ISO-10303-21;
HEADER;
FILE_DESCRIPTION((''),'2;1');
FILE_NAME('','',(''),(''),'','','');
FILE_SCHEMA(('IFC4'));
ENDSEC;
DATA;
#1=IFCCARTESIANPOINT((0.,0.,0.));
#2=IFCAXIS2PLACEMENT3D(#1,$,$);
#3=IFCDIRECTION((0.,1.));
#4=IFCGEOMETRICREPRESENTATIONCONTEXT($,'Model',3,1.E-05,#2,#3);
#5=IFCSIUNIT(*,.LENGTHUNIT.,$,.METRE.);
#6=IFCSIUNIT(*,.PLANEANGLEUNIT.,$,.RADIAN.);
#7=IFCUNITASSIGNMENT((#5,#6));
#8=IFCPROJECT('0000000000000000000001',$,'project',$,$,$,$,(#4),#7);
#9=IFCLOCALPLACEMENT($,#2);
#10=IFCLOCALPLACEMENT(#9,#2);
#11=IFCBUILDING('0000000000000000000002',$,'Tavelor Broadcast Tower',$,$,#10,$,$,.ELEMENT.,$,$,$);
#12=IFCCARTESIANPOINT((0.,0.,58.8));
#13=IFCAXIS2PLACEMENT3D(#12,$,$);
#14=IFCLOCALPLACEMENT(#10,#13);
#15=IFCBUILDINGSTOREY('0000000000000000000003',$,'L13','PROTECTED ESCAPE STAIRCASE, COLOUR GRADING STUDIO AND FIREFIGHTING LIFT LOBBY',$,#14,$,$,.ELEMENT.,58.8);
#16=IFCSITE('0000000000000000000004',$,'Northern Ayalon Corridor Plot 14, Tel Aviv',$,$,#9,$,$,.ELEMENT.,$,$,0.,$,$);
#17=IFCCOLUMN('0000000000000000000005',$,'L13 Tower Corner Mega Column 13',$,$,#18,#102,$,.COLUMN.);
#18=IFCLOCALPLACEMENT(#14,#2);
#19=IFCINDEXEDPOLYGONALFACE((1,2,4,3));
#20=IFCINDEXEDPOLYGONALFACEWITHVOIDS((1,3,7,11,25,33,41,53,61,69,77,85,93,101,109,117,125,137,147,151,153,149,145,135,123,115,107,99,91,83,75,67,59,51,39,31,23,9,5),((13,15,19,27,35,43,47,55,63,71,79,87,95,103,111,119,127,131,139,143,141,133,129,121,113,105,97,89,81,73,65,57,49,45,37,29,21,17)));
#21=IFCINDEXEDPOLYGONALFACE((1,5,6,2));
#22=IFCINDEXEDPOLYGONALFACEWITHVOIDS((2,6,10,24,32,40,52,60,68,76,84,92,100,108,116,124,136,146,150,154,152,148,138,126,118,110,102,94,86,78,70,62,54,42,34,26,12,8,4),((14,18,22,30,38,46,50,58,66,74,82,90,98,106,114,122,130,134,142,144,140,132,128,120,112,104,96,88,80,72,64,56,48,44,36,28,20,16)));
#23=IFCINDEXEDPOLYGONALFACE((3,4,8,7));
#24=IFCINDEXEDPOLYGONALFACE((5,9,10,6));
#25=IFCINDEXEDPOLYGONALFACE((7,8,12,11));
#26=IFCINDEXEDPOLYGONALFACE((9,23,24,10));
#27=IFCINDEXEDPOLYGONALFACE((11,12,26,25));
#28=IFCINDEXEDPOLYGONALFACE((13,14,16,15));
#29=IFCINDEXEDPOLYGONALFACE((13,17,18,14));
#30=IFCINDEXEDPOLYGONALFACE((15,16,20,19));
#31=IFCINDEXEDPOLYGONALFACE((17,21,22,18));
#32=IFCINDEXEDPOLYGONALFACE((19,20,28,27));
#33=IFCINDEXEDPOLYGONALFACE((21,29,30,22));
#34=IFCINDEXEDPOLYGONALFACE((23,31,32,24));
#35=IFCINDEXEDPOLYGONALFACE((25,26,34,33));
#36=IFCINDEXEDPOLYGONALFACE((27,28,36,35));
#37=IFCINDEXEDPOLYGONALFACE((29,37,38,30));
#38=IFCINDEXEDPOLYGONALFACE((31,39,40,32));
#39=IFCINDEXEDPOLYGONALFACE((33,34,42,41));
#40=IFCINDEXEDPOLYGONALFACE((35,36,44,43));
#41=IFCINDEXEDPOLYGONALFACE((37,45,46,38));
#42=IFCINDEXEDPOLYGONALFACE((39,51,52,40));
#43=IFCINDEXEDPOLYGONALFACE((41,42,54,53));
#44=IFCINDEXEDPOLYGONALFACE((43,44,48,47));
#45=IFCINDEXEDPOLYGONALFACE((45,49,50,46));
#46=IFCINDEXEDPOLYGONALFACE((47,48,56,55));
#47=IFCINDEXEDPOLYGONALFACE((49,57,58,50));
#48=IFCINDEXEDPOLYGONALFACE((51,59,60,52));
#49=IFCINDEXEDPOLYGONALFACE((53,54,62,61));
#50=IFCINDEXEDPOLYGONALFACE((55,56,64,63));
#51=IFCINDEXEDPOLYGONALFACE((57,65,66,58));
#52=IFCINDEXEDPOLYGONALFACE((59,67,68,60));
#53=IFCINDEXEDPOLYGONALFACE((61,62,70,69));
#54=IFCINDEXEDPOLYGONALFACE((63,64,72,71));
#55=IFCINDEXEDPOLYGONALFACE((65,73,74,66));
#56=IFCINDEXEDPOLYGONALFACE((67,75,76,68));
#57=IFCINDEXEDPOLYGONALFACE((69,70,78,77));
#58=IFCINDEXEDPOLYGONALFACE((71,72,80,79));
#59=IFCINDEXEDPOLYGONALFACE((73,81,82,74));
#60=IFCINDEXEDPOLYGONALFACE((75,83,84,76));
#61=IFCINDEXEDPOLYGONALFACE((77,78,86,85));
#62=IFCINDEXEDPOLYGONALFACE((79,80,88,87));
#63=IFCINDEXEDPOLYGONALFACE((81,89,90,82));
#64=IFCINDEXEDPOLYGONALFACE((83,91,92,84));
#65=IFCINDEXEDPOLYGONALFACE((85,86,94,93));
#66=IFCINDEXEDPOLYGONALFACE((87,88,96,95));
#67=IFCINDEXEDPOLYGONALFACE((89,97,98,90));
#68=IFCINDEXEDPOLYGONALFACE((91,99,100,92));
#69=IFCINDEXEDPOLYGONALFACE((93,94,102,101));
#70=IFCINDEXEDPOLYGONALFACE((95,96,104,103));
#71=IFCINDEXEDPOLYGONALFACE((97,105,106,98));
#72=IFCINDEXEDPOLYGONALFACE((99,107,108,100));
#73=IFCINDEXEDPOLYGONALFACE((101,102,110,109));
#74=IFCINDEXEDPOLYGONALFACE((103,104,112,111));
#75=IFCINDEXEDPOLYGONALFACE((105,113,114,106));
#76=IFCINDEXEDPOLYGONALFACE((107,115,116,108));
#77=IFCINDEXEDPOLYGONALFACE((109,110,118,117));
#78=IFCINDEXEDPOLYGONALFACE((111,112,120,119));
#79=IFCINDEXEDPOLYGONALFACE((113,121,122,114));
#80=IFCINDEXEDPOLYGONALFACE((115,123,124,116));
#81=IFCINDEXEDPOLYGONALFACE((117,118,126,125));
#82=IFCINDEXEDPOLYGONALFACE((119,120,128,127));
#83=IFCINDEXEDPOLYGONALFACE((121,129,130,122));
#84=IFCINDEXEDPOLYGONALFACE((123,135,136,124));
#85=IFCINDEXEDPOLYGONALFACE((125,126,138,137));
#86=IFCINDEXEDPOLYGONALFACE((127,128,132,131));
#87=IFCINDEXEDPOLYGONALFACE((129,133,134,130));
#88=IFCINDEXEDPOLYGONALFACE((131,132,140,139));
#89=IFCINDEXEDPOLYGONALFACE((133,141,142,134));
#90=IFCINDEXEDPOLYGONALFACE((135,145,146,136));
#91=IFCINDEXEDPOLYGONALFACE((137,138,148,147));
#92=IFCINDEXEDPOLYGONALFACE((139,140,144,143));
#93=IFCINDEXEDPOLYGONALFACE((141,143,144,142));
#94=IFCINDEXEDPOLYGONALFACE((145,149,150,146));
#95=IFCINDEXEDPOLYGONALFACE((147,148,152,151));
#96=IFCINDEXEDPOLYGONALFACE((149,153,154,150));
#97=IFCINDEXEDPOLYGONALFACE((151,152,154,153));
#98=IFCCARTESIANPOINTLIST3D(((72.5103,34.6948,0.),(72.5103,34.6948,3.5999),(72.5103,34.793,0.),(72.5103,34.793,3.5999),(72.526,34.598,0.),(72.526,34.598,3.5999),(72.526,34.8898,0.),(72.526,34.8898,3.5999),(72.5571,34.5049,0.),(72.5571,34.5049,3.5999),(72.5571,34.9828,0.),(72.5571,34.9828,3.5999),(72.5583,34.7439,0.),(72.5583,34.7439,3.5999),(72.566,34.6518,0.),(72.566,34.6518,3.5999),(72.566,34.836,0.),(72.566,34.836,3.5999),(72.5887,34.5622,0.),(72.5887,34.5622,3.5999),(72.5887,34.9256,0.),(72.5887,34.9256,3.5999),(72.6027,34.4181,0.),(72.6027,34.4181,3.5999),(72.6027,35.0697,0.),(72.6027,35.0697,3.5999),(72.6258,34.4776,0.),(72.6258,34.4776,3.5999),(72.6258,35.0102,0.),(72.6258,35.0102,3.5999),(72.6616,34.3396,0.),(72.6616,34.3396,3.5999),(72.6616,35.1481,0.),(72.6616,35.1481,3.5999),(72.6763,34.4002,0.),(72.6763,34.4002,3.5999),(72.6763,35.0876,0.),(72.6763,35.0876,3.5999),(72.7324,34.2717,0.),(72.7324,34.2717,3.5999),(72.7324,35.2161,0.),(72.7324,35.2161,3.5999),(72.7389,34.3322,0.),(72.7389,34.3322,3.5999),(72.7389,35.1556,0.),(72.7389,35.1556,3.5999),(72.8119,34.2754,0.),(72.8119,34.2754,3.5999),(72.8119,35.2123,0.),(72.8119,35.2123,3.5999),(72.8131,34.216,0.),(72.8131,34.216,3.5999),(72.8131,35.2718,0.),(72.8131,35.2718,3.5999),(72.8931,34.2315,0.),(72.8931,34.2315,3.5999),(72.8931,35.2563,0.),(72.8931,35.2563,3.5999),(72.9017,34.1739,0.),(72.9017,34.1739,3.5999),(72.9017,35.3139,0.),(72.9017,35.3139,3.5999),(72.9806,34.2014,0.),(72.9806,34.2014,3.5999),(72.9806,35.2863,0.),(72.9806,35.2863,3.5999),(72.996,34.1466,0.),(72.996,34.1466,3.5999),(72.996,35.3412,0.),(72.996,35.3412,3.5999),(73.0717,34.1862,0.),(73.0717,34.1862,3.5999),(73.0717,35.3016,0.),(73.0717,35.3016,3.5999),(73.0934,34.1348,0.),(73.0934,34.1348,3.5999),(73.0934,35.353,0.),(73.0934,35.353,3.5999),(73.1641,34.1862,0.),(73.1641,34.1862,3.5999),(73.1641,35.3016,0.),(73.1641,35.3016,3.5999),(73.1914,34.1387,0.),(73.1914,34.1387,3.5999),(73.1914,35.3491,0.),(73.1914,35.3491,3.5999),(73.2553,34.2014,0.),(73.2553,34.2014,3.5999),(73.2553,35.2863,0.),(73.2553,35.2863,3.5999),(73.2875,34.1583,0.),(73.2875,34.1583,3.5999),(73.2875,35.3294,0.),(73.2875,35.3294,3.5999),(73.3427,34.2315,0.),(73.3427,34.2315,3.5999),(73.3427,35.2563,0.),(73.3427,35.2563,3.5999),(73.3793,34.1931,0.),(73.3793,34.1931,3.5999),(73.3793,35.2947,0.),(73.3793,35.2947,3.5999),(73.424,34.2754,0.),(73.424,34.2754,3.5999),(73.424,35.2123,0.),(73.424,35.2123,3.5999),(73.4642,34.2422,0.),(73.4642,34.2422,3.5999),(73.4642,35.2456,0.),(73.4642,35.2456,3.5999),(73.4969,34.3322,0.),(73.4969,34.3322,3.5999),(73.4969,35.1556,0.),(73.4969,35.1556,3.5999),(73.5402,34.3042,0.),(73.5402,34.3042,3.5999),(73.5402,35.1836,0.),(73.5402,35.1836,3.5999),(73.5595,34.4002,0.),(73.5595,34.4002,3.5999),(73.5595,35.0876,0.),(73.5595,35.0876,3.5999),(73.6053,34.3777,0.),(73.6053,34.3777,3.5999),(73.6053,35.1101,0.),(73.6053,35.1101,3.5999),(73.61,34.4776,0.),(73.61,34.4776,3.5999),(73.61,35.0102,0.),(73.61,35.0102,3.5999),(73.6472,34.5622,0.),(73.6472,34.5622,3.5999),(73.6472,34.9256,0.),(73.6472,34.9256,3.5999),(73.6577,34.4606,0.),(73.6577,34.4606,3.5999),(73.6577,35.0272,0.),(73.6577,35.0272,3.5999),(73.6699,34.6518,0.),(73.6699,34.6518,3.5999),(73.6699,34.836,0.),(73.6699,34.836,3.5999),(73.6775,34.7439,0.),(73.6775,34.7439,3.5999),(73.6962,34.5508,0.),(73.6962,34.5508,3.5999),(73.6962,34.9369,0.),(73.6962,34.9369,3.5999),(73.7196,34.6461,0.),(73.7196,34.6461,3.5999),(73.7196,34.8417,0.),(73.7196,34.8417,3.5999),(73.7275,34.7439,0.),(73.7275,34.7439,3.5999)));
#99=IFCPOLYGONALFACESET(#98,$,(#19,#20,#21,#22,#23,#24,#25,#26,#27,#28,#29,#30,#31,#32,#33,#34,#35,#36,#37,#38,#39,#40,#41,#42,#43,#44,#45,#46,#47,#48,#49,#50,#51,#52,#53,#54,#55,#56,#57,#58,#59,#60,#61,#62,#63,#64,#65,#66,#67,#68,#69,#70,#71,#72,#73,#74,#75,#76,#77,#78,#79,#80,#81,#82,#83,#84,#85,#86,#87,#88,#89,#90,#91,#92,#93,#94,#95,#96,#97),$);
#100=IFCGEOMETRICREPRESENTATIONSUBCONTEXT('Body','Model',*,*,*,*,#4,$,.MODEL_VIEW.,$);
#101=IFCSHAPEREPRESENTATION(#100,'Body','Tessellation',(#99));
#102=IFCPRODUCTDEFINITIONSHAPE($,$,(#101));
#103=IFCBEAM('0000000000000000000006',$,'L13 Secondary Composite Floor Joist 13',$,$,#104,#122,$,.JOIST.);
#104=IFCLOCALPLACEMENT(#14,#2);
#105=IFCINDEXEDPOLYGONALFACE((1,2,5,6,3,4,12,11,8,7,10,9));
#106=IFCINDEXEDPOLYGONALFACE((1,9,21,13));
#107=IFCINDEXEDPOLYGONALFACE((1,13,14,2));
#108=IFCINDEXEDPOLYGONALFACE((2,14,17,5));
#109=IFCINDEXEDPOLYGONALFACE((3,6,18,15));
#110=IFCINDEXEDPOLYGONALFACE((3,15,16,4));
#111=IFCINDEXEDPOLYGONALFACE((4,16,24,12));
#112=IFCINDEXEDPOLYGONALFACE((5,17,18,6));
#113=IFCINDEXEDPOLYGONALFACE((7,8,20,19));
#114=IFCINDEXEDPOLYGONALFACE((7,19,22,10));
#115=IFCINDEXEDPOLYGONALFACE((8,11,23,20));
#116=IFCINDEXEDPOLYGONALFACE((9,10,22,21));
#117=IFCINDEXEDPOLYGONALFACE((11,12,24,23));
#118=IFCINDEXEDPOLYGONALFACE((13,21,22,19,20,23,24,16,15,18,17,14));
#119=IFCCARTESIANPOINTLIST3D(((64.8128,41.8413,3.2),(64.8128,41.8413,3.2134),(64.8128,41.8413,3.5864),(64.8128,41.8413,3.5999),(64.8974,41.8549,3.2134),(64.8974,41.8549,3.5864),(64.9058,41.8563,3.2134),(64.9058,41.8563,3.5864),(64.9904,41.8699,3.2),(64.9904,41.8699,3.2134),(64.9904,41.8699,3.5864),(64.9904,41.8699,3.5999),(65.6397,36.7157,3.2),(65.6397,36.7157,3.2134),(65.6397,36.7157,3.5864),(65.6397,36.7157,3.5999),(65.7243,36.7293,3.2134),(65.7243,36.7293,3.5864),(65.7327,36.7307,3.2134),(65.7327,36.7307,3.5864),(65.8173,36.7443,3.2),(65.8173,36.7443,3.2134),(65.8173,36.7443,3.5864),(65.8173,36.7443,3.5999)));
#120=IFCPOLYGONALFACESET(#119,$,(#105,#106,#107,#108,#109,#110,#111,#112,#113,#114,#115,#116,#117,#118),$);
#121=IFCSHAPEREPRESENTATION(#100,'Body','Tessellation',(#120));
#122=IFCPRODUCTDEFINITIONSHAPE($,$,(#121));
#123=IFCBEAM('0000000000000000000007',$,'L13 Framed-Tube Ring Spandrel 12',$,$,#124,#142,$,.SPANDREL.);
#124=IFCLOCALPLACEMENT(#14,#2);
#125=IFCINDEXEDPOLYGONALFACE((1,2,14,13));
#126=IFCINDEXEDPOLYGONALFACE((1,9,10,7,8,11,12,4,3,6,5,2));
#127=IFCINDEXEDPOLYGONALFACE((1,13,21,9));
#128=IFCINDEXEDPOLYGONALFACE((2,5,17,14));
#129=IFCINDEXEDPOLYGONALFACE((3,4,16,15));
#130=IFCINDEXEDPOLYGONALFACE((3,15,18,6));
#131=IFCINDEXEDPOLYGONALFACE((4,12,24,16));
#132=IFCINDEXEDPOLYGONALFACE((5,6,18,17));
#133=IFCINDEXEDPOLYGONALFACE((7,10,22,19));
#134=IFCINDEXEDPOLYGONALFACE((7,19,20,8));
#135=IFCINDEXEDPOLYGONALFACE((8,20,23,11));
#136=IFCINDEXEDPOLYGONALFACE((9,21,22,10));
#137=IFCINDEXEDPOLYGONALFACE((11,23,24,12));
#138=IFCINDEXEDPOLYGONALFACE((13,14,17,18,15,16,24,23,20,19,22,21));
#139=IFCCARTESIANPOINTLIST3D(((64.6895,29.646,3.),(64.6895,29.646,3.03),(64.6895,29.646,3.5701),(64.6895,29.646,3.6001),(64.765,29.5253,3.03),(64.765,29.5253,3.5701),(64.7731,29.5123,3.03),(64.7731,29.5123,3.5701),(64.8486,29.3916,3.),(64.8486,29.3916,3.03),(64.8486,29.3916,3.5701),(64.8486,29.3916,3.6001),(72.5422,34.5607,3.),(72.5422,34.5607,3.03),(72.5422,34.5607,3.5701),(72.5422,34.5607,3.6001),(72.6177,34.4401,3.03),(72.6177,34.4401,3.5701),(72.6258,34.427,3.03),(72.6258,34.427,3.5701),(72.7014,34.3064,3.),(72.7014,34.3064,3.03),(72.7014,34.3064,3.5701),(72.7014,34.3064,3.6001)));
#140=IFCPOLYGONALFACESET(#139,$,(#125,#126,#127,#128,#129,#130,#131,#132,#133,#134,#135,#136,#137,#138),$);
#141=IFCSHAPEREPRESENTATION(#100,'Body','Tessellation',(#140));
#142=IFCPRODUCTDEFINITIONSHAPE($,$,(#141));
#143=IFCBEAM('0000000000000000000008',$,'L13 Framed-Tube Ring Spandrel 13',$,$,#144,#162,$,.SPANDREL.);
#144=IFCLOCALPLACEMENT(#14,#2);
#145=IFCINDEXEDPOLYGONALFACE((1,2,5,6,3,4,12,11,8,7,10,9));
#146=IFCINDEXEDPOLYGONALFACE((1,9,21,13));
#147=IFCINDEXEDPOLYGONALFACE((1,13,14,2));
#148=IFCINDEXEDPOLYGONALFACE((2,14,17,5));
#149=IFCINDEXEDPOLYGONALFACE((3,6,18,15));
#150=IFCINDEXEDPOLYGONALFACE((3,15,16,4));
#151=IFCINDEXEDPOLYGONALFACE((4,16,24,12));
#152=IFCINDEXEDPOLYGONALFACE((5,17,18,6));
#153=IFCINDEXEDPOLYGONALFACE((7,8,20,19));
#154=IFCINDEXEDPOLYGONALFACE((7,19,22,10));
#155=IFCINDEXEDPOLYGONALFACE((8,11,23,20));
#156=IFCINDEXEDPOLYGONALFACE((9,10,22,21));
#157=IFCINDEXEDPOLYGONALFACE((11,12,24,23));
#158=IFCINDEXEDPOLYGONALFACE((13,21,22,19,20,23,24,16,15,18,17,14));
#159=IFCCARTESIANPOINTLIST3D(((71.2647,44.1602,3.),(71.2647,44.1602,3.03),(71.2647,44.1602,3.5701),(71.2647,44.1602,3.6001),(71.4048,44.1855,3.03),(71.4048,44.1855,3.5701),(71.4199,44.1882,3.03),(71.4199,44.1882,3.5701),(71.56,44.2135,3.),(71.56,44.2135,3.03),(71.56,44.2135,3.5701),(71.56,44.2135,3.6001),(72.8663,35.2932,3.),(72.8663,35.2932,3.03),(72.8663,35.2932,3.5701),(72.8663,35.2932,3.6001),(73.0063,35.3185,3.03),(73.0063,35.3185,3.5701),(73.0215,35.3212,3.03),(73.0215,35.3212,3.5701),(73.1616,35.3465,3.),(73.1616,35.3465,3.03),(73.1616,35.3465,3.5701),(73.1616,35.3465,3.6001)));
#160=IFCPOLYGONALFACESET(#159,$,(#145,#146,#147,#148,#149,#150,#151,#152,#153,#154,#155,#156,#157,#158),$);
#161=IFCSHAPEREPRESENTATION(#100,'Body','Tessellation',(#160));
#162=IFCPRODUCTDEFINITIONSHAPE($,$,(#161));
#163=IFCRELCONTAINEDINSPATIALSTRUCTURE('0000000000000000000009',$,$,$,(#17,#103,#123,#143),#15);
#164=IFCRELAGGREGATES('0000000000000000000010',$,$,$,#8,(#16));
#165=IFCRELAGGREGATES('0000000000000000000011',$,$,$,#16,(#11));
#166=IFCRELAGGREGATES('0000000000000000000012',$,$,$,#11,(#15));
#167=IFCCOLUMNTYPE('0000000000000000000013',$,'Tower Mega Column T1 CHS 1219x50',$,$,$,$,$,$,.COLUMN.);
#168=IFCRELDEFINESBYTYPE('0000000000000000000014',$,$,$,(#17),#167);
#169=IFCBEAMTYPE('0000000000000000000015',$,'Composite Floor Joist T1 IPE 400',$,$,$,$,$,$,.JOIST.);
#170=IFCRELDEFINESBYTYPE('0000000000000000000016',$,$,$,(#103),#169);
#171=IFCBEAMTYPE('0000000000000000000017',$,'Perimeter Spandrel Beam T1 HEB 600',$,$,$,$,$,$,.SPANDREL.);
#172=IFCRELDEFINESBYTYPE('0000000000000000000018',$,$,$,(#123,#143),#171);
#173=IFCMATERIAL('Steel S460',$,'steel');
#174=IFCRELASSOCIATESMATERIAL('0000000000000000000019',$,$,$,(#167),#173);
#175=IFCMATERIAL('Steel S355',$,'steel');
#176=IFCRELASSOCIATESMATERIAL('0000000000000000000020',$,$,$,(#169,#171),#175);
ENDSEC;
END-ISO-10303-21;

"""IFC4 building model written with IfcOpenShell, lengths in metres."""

from ifc_helpers import new_model, si_unit, direction, frame, origin, origin_2d, place, context, subcontext, project, spatial, hollow_circle, i_section, extrude, material, material_profile, profile_set, type_object, element, save


model = new_model("IFC4")

# Units and contexts
model_context = context("Model", 3, precision=1e-05, world=origin(), true_north=direction((0.0, 1.0)))
body_context = subcontext(model_context, "Body", "Model", "MODEL_VIEW")
ifc_project = project(units=[si_unit("LENGTHUNIT", "METRE"), si_unit("PLANEANGLEUNIT", "RADIAN")], contexts=[model_context])

# Site, building, storey
site_placement = place(None, origin())
site = spatial("IfcSite", under=ifc_project, at=site_placement, Name="Northern Ayalon Corridor Plot 14, Tel Aviv", CompositionType="ELEMENT", RefElevation=0.0)
building_placement = place(site_placement, origin())
building = spatial("IfcBuilding", under=site, at=building_placement, Name="Tavelor Broadcast Tower", CompositionType="ELEMENT")
storey_placement = place(building_placement, frame((0.0, 0.0, 58.8)))
storey = spatial("IfcBuildingStorey", under=building, at=storey_placement, Name="L13", Description="PROTECTED ESCAPE STAIRCASE, COLOUR GRADING STUDIO AND FIREFIGHTING LIFT LOBBY", CompositionType="ELEMENT", Elevation=58.8)

# Column
ifc_material_1 = material(Name="Steel S460", Category="steel")
ifc_material_profile_1 = material_profile(ifc_material_1, hollow_circle(Radius=0.6096, WallThickness=0.05, at=origin_2d()), Name="CHS 1219x50")
ifc_profile_set_1 = profile_set([ifc_material_profile_1], Name="Steel S460")
column_type = type_object("IfcColumnType", Name="Tower Mega Column T1 CHS 1219x50", PredefinedType="COLUMN", material=ifc_profile_set_1)
column_placement = place(storey_placement, frame((73.1179, 34.7439, 0.0), z_axis=(0.0, 0.0, 1.0), x_axis=(1.0, 0.0, 0.0)))
element("IfcColumn", 1, at=column_placement, inside=storey, type_object=column_type, Name="L13 Tower Corner Mega Column 13", PredefinedType="COLUMN", context=body_context, shape_type="SweptSolid", body=[
    extrude(hollow_circle(Radius=0.6096, WallThickness=0.05, at=origin_2d()), origin(), (0.0, 0.0, 1.0), 3.5999),
])

# Beams
ifc_material_2 = material(Name="Steel S355", Category="steel")
ifc_material_profile_2 = material_profile(ifc_material_2, i_section(OverallWidth=0.1799, OverallDepth=0.3999, WebThickness=0.0085, FlangeThickness=0.0134, at=origin_2d()), Name="IPE 400")
ifc_profile_set_2 = profile_set([ifc_material_profile_2], Name="Steel S355")
beam_type_1 = type_object("IfcBeamType", Name="Composite Floor Joist T1 IPE 400", PredefinedType="JOIST", material=ifc_profile_set_2)
beam_1_placement = place(storey_placement, frame((65.7285, 36.73, 3.3999), z_axis=(-0.159265, 0.987236, 0.0), x_axis=(-0.987236, -0.159265, 0.0)))
element("IfcBeam", 2, at=beam_1_placement, inside=storey, type_object=beam_type_1, Name="L13 Secondary Composite Floor Joist 13", PredefinedType="JOIST", context=body_context, shape_type="SweptSolid", body=[
    extrude(i_section(OverallWidth=0.1799, OverallDepth=0.3999, WebThickness=0.0085, FlangeThickness=0.0134, at=origin_2d()), origin(), (0.0, 0.0, 1.0), 5.1919),
])
ifc_material_profile_3 = material_profile(ifc_material_2, i_section(OverallWidth=0.3, OverallDepth=0.6001, WebThickness=0.0154, FlangeThickness=0.03, at=origin_2d()), Name="HEB 600")
ifc_profile_set_3 = profile_set([ifc_material_profile_3], Name="Steel S355")
beam_type_2 = type_object("IfcBeamType", Name="Perimeter Spandrel Beam T1 HEB 600", PredefinedType="SPANDREL", material=ifc_profile_set_3)
beam_2_placement = place(storey_placement, frame((64.769, 29.5188, 3.3), z_axis=(0.847668, 0.530527, 0.0), x_axis=(-0.530527, 0.847668, 0.0)))
element("IfcBeam", 3, at=beam_2_placement, inside=storey, type_object=beam_type_2, Name="L13 Framed-Tube Ring Spandrel 12", PredefinedType="SPANDREL", context=body_context, shape_type="SweptSolid", body=[
    extrude(i_section(OverallWidth=0.3, OverallDepth=0.6001, WebThickness=0.0154, FlangeThickness=0.03, at=origin_2d()), origin(), (0.0, 0.0, 1.0), 9.2639),
])
beam_3_placement = place(storey_placement, frame((73.0139, 35.3198, 3.3), z_axis=(-0.177746, 0.984076, 0.0), x_axis=(-0.984076, -0.177746, 0.0)))
element("IfcBeam", 4, at=beam_3_placement, inside=storey, type_object=beam_type_2, Name="L13 Framed-Tube Ring Spandrel 13", PredefinedType="SPANDREL", context=body_context, shape_type="SweptSolid", body=[
    extrude(i_section(OverallWidth=0.3, OverallDepth=0.6001, WebThickness=0.0154, FlangeThickness=0.03, at=origin_2d()), origin(), (0.0, 0.0, 1.0), 9.0105),
])

save(model, "model.ifc")
